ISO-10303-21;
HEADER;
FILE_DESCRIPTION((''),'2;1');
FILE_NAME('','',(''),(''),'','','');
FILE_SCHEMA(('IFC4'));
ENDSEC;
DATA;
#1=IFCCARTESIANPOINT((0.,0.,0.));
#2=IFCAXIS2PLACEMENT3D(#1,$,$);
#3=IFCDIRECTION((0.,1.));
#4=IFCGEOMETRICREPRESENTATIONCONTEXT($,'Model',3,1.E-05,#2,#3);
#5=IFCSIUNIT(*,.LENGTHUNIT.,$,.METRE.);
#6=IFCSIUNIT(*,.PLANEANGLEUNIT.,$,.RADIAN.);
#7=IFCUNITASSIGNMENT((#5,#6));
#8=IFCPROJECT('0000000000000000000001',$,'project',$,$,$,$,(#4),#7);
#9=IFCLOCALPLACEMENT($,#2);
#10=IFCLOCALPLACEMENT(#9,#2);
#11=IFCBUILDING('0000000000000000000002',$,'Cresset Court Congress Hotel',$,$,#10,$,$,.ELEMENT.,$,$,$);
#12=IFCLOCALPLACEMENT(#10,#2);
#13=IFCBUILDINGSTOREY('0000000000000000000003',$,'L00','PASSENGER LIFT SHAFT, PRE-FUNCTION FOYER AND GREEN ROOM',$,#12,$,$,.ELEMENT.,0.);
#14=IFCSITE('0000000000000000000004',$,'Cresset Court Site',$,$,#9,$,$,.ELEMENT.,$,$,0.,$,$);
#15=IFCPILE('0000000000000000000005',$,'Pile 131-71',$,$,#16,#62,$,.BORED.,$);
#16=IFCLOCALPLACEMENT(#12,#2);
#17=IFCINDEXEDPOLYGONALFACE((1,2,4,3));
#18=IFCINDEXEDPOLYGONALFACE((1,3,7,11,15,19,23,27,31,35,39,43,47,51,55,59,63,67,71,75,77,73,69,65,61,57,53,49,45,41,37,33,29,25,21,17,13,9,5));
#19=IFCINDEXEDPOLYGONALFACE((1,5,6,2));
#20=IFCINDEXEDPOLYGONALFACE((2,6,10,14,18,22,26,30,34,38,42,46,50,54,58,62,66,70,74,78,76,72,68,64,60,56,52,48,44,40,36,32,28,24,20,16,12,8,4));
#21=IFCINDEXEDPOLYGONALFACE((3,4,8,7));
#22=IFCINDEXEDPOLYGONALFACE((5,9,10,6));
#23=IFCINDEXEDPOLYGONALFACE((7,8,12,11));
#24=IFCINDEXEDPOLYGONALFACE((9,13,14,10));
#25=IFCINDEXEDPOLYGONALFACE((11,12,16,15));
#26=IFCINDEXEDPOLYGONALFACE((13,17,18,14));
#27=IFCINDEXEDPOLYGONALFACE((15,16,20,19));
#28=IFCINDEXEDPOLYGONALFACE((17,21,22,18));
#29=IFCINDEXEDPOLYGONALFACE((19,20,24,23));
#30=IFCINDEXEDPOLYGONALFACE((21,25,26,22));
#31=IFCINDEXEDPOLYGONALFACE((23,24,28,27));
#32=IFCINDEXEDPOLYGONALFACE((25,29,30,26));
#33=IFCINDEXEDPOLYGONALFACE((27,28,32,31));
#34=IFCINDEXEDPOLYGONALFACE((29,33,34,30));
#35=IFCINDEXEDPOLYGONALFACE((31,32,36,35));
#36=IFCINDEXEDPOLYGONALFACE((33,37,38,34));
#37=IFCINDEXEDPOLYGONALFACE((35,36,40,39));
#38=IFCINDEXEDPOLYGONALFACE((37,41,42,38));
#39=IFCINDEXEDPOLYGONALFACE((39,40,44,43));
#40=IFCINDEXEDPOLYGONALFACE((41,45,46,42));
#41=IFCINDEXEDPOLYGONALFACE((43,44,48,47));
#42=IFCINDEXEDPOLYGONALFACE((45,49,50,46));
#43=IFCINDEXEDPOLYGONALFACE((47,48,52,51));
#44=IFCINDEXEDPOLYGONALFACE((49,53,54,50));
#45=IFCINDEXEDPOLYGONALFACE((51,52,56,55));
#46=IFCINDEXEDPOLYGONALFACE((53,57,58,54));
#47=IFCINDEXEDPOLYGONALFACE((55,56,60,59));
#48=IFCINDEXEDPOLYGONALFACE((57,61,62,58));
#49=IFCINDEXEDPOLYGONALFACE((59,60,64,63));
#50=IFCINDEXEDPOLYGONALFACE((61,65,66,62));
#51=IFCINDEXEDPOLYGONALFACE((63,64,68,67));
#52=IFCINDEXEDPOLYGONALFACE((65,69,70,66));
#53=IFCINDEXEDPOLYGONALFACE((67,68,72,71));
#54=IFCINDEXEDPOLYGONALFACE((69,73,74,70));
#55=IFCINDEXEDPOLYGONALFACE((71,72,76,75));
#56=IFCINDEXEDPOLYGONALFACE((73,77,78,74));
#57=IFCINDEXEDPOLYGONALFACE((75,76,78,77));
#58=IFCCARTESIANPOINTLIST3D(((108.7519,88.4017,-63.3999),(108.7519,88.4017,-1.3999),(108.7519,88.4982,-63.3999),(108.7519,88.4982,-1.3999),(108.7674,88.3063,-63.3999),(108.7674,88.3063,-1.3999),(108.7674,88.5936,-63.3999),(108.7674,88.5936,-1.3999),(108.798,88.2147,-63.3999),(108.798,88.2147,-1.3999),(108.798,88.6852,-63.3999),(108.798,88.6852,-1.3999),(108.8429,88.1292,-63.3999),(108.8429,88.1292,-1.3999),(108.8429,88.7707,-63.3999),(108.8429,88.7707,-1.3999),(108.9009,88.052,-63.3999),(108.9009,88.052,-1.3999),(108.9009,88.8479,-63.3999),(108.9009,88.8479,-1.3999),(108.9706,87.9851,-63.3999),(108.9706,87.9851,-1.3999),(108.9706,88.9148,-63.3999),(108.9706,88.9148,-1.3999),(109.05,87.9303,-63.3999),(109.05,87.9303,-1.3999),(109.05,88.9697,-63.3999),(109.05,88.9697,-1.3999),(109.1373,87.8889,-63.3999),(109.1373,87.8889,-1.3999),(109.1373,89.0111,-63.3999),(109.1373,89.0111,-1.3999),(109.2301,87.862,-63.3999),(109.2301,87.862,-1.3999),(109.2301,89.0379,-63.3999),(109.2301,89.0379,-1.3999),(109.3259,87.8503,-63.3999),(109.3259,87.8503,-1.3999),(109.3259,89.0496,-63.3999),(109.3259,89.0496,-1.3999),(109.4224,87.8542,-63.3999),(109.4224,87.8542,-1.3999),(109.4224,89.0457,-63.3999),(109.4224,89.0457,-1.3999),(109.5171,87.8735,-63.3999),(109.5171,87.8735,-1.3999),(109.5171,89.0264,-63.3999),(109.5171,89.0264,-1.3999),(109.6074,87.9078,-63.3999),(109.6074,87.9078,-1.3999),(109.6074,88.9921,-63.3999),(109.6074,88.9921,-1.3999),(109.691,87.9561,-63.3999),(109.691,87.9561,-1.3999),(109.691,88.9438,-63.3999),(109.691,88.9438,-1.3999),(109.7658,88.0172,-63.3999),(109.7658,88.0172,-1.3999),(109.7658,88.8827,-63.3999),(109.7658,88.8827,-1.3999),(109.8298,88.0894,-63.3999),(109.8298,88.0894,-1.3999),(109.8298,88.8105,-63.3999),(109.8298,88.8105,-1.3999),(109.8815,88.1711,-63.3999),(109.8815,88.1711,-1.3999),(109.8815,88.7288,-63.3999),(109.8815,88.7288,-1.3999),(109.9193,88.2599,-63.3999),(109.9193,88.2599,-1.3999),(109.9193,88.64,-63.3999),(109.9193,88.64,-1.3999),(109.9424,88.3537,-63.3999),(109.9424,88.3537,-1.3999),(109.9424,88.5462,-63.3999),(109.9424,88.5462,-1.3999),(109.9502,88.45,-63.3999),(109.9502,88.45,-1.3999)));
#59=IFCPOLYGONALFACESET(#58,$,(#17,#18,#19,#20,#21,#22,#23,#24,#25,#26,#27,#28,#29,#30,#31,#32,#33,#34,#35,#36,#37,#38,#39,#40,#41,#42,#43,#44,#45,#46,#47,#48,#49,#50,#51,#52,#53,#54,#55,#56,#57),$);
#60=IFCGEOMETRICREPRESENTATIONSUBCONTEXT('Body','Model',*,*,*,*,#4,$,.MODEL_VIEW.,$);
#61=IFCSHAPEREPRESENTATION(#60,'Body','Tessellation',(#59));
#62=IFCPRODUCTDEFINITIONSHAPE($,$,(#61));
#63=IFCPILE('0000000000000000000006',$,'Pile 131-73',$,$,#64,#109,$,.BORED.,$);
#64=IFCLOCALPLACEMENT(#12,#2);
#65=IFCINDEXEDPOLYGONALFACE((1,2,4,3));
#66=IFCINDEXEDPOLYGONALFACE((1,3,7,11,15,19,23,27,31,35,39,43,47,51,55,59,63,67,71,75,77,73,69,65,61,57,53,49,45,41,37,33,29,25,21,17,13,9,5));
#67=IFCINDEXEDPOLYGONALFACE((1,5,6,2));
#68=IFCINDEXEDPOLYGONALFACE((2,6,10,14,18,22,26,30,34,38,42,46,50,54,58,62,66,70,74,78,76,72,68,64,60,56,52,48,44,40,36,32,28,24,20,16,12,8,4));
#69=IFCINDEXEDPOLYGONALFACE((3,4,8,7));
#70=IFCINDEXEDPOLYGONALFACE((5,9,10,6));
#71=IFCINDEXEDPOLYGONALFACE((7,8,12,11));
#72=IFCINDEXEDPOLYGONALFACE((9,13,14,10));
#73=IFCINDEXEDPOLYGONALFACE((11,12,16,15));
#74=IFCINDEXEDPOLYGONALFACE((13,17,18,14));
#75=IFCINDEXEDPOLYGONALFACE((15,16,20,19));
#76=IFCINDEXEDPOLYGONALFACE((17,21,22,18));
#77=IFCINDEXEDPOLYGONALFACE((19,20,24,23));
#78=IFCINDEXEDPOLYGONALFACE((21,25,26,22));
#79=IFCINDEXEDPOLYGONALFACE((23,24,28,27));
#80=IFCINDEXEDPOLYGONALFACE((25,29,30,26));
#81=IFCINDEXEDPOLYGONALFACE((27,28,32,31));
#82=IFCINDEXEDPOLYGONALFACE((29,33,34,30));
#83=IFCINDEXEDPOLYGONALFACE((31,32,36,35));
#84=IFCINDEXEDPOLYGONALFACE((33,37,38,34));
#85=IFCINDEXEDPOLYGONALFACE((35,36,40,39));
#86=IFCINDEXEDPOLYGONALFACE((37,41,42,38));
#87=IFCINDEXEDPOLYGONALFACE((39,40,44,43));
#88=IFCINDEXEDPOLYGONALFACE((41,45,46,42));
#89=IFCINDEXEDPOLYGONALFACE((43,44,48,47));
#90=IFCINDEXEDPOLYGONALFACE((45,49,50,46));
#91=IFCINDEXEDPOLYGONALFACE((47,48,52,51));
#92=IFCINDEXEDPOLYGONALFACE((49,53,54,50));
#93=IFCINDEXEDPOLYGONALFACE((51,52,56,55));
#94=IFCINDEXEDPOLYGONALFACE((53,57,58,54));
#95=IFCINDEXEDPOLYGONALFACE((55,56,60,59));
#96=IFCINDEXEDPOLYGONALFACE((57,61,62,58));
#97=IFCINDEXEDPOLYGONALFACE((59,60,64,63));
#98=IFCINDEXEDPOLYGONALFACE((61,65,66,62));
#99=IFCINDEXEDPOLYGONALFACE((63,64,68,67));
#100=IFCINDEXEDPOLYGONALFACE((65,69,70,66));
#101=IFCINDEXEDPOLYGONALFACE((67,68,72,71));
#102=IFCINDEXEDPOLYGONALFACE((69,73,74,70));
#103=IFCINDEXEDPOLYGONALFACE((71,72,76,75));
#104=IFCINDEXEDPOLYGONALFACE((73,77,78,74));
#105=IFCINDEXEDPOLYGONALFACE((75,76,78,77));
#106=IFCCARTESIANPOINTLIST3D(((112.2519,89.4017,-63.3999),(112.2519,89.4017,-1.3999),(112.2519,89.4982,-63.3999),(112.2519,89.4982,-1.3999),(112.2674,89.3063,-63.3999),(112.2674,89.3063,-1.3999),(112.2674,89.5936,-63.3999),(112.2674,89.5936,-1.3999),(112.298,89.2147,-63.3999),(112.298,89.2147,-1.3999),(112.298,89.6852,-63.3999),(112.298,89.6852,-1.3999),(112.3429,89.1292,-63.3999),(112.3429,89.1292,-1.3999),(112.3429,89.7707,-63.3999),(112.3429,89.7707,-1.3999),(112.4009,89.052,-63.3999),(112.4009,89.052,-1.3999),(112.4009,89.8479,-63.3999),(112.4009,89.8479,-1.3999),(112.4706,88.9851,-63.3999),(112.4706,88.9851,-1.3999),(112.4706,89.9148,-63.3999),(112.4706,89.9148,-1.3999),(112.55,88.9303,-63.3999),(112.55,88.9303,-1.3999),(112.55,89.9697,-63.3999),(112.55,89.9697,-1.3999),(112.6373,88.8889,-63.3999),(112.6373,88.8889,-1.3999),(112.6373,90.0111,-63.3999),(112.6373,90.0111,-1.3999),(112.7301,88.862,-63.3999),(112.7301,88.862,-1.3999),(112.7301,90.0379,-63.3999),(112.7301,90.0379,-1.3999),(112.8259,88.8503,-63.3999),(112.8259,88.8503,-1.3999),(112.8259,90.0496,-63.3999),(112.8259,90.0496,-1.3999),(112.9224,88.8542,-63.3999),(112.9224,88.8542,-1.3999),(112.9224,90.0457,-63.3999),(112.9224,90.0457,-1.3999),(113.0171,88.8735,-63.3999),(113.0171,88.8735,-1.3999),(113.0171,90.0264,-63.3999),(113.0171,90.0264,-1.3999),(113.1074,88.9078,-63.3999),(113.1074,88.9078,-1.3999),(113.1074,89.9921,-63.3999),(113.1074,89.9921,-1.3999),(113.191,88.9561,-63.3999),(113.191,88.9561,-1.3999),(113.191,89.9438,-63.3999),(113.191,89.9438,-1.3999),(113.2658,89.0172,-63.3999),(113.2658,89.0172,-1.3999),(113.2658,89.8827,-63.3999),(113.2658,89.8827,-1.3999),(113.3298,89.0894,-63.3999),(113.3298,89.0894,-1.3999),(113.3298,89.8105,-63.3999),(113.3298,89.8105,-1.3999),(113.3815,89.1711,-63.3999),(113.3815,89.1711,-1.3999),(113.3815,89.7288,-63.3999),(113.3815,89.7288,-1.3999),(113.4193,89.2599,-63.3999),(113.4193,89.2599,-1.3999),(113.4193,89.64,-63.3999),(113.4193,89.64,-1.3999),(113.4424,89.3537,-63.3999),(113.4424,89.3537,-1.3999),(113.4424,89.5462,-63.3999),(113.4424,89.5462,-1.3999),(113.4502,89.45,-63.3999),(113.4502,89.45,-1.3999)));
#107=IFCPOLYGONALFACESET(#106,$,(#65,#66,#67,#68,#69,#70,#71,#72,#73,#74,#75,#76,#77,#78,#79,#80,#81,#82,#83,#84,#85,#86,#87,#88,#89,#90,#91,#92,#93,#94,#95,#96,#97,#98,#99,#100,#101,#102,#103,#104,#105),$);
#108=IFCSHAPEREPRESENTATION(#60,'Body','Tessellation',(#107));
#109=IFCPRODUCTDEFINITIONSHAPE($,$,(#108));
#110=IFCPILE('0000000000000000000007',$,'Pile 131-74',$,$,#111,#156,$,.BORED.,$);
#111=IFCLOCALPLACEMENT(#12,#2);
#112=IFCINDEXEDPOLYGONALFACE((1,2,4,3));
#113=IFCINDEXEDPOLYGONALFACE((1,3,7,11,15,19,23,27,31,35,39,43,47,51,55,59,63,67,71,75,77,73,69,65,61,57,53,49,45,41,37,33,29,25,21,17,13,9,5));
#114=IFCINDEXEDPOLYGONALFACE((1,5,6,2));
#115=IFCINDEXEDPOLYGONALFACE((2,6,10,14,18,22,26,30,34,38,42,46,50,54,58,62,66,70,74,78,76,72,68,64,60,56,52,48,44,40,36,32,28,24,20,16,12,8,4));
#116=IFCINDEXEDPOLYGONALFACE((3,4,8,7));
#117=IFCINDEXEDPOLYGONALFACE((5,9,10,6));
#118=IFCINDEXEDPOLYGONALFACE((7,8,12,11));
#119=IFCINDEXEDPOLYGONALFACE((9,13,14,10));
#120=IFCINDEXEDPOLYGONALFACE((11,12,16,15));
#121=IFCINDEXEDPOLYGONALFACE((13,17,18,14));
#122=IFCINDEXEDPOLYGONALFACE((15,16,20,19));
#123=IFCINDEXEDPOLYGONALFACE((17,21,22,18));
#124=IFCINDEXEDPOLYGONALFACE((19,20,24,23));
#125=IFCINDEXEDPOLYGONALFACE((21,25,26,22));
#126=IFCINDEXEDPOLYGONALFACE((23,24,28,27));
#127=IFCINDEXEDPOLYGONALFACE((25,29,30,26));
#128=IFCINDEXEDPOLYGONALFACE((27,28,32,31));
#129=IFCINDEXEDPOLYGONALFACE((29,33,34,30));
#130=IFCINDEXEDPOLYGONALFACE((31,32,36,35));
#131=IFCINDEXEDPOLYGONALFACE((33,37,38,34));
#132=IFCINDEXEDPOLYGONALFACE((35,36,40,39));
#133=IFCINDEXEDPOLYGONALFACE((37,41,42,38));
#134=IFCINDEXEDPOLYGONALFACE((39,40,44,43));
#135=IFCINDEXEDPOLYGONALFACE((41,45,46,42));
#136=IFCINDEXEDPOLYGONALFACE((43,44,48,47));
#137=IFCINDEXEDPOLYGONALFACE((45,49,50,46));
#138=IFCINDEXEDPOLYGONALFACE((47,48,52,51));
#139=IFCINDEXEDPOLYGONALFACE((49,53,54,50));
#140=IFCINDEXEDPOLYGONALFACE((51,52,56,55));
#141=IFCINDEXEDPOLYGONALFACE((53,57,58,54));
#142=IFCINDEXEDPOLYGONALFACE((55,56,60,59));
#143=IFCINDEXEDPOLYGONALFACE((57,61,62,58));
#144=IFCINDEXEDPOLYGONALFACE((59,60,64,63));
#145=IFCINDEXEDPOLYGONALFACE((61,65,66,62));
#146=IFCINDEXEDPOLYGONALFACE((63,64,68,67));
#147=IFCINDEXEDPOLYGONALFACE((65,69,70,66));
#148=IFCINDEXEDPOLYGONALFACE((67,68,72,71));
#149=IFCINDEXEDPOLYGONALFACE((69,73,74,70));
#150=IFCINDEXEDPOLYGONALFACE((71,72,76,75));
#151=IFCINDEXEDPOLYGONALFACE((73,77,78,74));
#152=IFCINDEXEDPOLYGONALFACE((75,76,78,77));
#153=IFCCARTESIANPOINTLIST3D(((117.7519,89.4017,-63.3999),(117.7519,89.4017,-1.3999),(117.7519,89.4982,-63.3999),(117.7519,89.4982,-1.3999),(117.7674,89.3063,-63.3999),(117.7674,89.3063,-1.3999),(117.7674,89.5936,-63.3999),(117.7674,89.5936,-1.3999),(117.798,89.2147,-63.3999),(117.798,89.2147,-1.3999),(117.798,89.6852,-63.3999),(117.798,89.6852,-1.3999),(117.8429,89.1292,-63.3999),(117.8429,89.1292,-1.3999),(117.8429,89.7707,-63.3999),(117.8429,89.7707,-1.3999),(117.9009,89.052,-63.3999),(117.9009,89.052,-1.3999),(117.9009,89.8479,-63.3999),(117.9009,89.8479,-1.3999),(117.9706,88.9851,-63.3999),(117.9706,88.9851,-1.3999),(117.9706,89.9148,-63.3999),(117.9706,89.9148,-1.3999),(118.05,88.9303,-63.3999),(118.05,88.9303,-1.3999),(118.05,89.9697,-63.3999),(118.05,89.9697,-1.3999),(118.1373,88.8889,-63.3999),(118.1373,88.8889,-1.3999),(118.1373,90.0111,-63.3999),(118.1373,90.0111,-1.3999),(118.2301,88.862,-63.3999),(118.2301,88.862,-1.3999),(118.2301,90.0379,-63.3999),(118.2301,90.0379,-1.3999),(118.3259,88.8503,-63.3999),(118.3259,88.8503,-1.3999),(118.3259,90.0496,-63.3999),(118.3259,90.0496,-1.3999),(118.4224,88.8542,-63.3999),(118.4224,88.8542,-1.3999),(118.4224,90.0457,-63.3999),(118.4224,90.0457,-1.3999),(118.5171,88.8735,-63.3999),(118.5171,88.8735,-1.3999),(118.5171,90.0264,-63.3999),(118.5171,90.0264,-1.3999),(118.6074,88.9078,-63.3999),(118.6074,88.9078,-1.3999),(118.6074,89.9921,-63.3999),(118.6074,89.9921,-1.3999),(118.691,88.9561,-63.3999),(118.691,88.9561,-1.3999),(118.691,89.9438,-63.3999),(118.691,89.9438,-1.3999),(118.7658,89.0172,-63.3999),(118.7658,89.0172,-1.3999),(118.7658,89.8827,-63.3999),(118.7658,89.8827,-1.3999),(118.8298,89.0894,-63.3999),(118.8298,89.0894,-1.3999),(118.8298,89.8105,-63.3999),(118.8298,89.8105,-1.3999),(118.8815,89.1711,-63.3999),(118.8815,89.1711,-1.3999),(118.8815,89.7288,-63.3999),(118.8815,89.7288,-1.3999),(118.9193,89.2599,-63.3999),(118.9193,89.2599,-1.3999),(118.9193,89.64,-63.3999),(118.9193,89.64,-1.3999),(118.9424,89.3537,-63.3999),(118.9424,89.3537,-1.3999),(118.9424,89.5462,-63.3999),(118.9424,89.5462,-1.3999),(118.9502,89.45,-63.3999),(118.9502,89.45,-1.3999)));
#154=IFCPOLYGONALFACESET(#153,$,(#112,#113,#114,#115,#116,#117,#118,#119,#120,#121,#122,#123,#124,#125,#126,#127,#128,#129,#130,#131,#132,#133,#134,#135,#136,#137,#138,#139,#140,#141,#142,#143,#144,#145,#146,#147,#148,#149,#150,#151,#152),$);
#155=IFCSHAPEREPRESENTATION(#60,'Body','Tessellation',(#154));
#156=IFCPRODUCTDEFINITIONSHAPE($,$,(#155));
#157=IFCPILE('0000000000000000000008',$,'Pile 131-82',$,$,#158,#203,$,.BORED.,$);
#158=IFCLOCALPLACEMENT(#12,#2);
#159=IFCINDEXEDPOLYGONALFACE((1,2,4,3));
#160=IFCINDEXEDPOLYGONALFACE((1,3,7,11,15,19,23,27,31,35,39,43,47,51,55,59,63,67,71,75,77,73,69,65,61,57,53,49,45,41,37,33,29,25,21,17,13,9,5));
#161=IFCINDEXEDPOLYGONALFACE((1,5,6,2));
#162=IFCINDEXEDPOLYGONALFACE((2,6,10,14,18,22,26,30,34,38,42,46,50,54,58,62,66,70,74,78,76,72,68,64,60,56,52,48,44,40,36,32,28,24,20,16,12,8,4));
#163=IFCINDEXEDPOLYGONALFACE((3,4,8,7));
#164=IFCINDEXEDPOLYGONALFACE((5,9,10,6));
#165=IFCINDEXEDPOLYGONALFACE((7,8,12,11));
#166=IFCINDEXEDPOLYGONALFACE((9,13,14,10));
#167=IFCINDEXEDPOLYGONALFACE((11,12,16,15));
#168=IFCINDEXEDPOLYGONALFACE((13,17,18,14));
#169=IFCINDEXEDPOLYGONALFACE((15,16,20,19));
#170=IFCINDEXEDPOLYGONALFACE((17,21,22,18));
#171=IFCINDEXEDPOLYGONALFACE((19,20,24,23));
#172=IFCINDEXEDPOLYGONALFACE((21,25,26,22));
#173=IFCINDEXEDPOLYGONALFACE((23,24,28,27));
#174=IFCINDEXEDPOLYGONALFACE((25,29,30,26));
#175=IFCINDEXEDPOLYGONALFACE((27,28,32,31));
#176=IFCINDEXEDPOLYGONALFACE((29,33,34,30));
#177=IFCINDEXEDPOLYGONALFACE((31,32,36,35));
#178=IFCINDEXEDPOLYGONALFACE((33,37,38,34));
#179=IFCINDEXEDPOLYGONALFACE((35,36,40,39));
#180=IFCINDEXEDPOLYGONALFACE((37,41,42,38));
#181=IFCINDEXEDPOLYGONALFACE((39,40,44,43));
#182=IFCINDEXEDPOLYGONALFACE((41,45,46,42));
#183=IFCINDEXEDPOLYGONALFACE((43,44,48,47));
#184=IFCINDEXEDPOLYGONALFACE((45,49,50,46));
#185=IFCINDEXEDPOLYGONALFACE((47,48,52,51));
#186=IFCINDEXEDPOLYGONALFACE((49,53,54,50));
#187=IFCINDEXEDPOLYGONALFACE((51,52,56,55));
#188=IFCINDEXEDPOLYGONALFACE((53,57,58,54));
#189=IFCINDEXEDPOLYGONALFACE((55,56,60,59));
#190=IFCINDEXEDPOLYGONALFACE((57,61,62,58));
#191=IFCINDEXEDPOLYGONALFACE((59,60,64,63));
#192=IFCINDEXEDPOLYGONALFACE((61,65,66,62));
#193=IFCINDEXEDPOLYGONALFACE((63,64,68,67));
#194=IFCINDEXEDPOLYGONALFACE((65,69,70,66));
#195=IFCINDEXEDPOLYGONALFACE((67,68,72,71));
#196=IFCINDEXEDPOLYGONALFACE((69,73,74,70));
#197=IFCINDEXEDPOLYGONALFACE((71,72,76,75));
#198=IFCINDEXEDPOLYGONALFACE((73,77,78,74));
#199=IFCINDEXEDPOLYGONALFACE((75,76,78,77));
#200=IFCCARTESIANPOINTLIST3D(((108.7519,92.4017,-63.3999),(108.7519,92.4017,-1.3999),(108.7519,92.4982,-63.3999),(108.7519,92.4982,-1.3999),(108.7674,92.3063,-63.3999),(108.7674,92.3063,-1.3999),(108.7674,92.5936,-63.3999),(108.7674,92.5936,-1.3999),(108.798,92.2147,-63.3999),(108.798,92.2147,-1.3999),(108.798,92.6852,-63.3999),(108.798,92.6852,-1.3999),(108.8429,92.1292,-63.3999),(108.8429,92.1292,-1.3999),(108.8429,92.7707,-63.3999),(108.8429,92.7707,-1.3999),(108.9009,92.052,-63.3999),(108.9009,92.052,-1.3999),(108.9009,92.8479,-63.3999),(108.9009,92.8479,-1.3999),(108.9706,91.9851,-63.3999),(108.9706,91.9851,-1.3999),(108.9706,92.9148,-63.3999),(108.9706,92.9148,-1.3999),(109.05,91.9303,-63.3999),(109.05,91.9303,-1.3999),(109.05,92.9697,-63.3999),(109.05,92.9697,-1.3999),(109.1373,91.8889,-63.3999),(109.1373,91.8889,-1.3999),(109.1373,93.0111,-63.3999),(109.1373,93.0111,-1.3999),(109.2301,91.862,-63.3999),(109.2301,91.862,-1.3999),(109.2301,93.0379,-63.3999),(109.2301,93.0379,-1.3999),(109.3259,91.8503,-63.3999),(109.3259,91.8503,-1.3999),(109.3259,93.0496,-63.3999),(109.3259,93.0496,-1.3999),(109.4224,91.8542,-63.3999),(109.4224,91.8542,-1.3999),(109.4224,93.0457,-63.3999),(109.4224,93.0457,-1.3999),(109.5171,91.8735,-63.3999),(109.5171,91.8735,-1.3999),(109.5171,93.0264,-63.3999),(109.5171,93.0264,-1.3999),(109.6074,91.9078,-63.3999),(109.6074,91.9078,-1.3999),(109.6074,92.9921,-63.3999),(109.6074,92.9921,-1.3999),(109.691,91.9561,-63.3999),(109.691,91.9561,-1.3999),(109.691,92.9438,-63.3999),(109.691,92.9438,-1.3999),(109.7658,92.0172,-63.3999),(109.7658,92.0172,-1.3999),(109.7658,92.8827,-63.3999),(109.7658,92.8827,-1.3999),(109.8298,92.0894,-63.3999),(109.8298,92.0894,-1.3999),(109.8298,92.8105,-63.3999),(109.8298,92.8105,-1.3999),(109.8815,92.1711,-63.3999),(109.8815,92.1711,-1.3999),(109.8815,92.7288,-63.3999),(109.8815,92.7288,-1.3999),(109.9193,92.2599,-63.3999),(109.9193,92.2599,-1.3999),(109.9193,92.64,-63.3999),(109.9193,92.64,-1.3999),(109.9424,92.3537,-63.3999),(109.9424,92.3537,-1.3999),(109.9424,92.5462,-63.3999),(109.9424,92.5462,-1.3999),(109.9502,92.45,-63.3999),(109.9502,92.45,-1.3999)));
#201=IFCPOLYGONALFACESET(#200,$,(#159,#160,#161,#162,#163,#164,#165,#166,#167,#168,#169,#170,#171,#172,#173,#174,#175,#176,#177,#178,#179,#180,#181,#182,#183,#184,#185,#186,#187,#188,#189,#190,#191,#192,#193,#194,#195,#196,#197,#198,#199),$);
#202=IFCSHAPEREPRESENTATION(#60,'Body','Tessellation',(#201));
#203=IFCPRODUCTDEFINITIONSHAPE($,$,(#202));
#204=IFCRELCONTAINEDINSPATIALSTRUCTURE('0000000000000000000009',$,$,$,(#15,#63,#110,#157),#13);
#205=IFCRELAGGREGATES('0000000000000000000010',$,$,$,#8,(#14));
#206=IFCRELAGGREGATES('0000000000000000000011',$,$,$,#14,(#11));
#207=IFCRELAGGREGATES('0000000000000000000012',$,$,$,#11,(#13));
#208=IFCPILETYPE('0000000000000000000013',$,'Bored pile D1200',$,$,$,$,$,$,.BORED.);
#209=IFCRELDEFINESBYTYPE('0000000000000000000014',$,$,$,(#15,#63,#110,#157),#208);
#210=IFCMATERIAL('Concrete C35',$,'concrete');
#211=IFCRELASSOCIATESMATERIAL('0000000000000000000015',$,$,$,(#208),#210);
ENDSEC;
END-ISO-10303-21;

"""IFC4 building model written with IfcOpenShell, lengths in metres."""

from ifc_helpers import new_model, si_unit, direction, frame, origin, origin_2d, place, context, subcontext, project, spatial, circle, extrude, material, type_object, element, save


model = new_model("IFC4")

# Units and contexts
model_context = context("Model", 3, precision=1e-05, world=origin(), true_north=direction((0.0, 1.0)))
body_context = subcontext(model_context, "Body", "Model", "MODEL_VIEW")
ifc_project = project(units=[si_unit("LENGTHUNIT", "METRE"), si_unit("PLANEANGLEUNIT", "RADIAN")], contexts=[model_context])

# Site, building, storey
site_placement = place(None, origin())
site = spatial("IfcSite", under=ifc_project, at=site_placement, Name="Cresset Court Site", CompositionType="ELEMENT", RefElevation=0.0)
building_placement = place(site_placement, origin())
building = spatial("IfcBuilding", under=site, at=building_placement, Name="Cresset Court Congress Hotel", CompositionType="ELEMENT")
storey_placement = place(building_placement, origin())
storey = spatial("IfcBuildingStorey", under=building, at=storey_placement, Name="L00", Description="PASSENGER LIFT SHAFT, PRE-FUNCTION FOYER AND GREEN ROOM", CompositionType="ELEMENT", Elevation=0.0)

# Piles
ifc_material_1 = material(Name="Concrete C35", Category="concrete")
pile_type = type_object("IfcPileType", Name="Bored pile D1200", PredefinedType="BORED", material=ifc_material_1)
for number, where, z_axis, x_axis, name in (
    (1, (109.3501, 88.45, -1.3999), (0.0, 0.0, -1.0), (1.0, 0.0, 0.0), "Pile 131-71"),
    (2, (112.8501, 89.45, -1.3999), (0.0, 0.0, -1.0), (1.0, 0.0, 0.0), "Pile 131-73"),
    (3, (118.3501, 89.45, -1.3999), (0.0, 0.0, -1.0), (1.0, 0.0, 0.0), "Pile 131-74"),
    (4, (109.3501, 92.45, -1.3999), (0.0, 0.0, -1.0), (1.0, 0.0, 0.0), "Pile 131-82"),
):
    element("IfcPile", number, at=place(storey_placement, frame(where, z_axis=z_axis, x_axis=x_axis)), inside=storey, type_object=pile_type, Name=name, PredefinedType="BORED", context=body_context, shape_type="SweptSolid", body=[
        extrude(circle(Radius=0.6001, at=origin_2d()), origin(), (0.0, 0.0, 1.0), 62.0),
    ])

save(model, "model.ifc")
